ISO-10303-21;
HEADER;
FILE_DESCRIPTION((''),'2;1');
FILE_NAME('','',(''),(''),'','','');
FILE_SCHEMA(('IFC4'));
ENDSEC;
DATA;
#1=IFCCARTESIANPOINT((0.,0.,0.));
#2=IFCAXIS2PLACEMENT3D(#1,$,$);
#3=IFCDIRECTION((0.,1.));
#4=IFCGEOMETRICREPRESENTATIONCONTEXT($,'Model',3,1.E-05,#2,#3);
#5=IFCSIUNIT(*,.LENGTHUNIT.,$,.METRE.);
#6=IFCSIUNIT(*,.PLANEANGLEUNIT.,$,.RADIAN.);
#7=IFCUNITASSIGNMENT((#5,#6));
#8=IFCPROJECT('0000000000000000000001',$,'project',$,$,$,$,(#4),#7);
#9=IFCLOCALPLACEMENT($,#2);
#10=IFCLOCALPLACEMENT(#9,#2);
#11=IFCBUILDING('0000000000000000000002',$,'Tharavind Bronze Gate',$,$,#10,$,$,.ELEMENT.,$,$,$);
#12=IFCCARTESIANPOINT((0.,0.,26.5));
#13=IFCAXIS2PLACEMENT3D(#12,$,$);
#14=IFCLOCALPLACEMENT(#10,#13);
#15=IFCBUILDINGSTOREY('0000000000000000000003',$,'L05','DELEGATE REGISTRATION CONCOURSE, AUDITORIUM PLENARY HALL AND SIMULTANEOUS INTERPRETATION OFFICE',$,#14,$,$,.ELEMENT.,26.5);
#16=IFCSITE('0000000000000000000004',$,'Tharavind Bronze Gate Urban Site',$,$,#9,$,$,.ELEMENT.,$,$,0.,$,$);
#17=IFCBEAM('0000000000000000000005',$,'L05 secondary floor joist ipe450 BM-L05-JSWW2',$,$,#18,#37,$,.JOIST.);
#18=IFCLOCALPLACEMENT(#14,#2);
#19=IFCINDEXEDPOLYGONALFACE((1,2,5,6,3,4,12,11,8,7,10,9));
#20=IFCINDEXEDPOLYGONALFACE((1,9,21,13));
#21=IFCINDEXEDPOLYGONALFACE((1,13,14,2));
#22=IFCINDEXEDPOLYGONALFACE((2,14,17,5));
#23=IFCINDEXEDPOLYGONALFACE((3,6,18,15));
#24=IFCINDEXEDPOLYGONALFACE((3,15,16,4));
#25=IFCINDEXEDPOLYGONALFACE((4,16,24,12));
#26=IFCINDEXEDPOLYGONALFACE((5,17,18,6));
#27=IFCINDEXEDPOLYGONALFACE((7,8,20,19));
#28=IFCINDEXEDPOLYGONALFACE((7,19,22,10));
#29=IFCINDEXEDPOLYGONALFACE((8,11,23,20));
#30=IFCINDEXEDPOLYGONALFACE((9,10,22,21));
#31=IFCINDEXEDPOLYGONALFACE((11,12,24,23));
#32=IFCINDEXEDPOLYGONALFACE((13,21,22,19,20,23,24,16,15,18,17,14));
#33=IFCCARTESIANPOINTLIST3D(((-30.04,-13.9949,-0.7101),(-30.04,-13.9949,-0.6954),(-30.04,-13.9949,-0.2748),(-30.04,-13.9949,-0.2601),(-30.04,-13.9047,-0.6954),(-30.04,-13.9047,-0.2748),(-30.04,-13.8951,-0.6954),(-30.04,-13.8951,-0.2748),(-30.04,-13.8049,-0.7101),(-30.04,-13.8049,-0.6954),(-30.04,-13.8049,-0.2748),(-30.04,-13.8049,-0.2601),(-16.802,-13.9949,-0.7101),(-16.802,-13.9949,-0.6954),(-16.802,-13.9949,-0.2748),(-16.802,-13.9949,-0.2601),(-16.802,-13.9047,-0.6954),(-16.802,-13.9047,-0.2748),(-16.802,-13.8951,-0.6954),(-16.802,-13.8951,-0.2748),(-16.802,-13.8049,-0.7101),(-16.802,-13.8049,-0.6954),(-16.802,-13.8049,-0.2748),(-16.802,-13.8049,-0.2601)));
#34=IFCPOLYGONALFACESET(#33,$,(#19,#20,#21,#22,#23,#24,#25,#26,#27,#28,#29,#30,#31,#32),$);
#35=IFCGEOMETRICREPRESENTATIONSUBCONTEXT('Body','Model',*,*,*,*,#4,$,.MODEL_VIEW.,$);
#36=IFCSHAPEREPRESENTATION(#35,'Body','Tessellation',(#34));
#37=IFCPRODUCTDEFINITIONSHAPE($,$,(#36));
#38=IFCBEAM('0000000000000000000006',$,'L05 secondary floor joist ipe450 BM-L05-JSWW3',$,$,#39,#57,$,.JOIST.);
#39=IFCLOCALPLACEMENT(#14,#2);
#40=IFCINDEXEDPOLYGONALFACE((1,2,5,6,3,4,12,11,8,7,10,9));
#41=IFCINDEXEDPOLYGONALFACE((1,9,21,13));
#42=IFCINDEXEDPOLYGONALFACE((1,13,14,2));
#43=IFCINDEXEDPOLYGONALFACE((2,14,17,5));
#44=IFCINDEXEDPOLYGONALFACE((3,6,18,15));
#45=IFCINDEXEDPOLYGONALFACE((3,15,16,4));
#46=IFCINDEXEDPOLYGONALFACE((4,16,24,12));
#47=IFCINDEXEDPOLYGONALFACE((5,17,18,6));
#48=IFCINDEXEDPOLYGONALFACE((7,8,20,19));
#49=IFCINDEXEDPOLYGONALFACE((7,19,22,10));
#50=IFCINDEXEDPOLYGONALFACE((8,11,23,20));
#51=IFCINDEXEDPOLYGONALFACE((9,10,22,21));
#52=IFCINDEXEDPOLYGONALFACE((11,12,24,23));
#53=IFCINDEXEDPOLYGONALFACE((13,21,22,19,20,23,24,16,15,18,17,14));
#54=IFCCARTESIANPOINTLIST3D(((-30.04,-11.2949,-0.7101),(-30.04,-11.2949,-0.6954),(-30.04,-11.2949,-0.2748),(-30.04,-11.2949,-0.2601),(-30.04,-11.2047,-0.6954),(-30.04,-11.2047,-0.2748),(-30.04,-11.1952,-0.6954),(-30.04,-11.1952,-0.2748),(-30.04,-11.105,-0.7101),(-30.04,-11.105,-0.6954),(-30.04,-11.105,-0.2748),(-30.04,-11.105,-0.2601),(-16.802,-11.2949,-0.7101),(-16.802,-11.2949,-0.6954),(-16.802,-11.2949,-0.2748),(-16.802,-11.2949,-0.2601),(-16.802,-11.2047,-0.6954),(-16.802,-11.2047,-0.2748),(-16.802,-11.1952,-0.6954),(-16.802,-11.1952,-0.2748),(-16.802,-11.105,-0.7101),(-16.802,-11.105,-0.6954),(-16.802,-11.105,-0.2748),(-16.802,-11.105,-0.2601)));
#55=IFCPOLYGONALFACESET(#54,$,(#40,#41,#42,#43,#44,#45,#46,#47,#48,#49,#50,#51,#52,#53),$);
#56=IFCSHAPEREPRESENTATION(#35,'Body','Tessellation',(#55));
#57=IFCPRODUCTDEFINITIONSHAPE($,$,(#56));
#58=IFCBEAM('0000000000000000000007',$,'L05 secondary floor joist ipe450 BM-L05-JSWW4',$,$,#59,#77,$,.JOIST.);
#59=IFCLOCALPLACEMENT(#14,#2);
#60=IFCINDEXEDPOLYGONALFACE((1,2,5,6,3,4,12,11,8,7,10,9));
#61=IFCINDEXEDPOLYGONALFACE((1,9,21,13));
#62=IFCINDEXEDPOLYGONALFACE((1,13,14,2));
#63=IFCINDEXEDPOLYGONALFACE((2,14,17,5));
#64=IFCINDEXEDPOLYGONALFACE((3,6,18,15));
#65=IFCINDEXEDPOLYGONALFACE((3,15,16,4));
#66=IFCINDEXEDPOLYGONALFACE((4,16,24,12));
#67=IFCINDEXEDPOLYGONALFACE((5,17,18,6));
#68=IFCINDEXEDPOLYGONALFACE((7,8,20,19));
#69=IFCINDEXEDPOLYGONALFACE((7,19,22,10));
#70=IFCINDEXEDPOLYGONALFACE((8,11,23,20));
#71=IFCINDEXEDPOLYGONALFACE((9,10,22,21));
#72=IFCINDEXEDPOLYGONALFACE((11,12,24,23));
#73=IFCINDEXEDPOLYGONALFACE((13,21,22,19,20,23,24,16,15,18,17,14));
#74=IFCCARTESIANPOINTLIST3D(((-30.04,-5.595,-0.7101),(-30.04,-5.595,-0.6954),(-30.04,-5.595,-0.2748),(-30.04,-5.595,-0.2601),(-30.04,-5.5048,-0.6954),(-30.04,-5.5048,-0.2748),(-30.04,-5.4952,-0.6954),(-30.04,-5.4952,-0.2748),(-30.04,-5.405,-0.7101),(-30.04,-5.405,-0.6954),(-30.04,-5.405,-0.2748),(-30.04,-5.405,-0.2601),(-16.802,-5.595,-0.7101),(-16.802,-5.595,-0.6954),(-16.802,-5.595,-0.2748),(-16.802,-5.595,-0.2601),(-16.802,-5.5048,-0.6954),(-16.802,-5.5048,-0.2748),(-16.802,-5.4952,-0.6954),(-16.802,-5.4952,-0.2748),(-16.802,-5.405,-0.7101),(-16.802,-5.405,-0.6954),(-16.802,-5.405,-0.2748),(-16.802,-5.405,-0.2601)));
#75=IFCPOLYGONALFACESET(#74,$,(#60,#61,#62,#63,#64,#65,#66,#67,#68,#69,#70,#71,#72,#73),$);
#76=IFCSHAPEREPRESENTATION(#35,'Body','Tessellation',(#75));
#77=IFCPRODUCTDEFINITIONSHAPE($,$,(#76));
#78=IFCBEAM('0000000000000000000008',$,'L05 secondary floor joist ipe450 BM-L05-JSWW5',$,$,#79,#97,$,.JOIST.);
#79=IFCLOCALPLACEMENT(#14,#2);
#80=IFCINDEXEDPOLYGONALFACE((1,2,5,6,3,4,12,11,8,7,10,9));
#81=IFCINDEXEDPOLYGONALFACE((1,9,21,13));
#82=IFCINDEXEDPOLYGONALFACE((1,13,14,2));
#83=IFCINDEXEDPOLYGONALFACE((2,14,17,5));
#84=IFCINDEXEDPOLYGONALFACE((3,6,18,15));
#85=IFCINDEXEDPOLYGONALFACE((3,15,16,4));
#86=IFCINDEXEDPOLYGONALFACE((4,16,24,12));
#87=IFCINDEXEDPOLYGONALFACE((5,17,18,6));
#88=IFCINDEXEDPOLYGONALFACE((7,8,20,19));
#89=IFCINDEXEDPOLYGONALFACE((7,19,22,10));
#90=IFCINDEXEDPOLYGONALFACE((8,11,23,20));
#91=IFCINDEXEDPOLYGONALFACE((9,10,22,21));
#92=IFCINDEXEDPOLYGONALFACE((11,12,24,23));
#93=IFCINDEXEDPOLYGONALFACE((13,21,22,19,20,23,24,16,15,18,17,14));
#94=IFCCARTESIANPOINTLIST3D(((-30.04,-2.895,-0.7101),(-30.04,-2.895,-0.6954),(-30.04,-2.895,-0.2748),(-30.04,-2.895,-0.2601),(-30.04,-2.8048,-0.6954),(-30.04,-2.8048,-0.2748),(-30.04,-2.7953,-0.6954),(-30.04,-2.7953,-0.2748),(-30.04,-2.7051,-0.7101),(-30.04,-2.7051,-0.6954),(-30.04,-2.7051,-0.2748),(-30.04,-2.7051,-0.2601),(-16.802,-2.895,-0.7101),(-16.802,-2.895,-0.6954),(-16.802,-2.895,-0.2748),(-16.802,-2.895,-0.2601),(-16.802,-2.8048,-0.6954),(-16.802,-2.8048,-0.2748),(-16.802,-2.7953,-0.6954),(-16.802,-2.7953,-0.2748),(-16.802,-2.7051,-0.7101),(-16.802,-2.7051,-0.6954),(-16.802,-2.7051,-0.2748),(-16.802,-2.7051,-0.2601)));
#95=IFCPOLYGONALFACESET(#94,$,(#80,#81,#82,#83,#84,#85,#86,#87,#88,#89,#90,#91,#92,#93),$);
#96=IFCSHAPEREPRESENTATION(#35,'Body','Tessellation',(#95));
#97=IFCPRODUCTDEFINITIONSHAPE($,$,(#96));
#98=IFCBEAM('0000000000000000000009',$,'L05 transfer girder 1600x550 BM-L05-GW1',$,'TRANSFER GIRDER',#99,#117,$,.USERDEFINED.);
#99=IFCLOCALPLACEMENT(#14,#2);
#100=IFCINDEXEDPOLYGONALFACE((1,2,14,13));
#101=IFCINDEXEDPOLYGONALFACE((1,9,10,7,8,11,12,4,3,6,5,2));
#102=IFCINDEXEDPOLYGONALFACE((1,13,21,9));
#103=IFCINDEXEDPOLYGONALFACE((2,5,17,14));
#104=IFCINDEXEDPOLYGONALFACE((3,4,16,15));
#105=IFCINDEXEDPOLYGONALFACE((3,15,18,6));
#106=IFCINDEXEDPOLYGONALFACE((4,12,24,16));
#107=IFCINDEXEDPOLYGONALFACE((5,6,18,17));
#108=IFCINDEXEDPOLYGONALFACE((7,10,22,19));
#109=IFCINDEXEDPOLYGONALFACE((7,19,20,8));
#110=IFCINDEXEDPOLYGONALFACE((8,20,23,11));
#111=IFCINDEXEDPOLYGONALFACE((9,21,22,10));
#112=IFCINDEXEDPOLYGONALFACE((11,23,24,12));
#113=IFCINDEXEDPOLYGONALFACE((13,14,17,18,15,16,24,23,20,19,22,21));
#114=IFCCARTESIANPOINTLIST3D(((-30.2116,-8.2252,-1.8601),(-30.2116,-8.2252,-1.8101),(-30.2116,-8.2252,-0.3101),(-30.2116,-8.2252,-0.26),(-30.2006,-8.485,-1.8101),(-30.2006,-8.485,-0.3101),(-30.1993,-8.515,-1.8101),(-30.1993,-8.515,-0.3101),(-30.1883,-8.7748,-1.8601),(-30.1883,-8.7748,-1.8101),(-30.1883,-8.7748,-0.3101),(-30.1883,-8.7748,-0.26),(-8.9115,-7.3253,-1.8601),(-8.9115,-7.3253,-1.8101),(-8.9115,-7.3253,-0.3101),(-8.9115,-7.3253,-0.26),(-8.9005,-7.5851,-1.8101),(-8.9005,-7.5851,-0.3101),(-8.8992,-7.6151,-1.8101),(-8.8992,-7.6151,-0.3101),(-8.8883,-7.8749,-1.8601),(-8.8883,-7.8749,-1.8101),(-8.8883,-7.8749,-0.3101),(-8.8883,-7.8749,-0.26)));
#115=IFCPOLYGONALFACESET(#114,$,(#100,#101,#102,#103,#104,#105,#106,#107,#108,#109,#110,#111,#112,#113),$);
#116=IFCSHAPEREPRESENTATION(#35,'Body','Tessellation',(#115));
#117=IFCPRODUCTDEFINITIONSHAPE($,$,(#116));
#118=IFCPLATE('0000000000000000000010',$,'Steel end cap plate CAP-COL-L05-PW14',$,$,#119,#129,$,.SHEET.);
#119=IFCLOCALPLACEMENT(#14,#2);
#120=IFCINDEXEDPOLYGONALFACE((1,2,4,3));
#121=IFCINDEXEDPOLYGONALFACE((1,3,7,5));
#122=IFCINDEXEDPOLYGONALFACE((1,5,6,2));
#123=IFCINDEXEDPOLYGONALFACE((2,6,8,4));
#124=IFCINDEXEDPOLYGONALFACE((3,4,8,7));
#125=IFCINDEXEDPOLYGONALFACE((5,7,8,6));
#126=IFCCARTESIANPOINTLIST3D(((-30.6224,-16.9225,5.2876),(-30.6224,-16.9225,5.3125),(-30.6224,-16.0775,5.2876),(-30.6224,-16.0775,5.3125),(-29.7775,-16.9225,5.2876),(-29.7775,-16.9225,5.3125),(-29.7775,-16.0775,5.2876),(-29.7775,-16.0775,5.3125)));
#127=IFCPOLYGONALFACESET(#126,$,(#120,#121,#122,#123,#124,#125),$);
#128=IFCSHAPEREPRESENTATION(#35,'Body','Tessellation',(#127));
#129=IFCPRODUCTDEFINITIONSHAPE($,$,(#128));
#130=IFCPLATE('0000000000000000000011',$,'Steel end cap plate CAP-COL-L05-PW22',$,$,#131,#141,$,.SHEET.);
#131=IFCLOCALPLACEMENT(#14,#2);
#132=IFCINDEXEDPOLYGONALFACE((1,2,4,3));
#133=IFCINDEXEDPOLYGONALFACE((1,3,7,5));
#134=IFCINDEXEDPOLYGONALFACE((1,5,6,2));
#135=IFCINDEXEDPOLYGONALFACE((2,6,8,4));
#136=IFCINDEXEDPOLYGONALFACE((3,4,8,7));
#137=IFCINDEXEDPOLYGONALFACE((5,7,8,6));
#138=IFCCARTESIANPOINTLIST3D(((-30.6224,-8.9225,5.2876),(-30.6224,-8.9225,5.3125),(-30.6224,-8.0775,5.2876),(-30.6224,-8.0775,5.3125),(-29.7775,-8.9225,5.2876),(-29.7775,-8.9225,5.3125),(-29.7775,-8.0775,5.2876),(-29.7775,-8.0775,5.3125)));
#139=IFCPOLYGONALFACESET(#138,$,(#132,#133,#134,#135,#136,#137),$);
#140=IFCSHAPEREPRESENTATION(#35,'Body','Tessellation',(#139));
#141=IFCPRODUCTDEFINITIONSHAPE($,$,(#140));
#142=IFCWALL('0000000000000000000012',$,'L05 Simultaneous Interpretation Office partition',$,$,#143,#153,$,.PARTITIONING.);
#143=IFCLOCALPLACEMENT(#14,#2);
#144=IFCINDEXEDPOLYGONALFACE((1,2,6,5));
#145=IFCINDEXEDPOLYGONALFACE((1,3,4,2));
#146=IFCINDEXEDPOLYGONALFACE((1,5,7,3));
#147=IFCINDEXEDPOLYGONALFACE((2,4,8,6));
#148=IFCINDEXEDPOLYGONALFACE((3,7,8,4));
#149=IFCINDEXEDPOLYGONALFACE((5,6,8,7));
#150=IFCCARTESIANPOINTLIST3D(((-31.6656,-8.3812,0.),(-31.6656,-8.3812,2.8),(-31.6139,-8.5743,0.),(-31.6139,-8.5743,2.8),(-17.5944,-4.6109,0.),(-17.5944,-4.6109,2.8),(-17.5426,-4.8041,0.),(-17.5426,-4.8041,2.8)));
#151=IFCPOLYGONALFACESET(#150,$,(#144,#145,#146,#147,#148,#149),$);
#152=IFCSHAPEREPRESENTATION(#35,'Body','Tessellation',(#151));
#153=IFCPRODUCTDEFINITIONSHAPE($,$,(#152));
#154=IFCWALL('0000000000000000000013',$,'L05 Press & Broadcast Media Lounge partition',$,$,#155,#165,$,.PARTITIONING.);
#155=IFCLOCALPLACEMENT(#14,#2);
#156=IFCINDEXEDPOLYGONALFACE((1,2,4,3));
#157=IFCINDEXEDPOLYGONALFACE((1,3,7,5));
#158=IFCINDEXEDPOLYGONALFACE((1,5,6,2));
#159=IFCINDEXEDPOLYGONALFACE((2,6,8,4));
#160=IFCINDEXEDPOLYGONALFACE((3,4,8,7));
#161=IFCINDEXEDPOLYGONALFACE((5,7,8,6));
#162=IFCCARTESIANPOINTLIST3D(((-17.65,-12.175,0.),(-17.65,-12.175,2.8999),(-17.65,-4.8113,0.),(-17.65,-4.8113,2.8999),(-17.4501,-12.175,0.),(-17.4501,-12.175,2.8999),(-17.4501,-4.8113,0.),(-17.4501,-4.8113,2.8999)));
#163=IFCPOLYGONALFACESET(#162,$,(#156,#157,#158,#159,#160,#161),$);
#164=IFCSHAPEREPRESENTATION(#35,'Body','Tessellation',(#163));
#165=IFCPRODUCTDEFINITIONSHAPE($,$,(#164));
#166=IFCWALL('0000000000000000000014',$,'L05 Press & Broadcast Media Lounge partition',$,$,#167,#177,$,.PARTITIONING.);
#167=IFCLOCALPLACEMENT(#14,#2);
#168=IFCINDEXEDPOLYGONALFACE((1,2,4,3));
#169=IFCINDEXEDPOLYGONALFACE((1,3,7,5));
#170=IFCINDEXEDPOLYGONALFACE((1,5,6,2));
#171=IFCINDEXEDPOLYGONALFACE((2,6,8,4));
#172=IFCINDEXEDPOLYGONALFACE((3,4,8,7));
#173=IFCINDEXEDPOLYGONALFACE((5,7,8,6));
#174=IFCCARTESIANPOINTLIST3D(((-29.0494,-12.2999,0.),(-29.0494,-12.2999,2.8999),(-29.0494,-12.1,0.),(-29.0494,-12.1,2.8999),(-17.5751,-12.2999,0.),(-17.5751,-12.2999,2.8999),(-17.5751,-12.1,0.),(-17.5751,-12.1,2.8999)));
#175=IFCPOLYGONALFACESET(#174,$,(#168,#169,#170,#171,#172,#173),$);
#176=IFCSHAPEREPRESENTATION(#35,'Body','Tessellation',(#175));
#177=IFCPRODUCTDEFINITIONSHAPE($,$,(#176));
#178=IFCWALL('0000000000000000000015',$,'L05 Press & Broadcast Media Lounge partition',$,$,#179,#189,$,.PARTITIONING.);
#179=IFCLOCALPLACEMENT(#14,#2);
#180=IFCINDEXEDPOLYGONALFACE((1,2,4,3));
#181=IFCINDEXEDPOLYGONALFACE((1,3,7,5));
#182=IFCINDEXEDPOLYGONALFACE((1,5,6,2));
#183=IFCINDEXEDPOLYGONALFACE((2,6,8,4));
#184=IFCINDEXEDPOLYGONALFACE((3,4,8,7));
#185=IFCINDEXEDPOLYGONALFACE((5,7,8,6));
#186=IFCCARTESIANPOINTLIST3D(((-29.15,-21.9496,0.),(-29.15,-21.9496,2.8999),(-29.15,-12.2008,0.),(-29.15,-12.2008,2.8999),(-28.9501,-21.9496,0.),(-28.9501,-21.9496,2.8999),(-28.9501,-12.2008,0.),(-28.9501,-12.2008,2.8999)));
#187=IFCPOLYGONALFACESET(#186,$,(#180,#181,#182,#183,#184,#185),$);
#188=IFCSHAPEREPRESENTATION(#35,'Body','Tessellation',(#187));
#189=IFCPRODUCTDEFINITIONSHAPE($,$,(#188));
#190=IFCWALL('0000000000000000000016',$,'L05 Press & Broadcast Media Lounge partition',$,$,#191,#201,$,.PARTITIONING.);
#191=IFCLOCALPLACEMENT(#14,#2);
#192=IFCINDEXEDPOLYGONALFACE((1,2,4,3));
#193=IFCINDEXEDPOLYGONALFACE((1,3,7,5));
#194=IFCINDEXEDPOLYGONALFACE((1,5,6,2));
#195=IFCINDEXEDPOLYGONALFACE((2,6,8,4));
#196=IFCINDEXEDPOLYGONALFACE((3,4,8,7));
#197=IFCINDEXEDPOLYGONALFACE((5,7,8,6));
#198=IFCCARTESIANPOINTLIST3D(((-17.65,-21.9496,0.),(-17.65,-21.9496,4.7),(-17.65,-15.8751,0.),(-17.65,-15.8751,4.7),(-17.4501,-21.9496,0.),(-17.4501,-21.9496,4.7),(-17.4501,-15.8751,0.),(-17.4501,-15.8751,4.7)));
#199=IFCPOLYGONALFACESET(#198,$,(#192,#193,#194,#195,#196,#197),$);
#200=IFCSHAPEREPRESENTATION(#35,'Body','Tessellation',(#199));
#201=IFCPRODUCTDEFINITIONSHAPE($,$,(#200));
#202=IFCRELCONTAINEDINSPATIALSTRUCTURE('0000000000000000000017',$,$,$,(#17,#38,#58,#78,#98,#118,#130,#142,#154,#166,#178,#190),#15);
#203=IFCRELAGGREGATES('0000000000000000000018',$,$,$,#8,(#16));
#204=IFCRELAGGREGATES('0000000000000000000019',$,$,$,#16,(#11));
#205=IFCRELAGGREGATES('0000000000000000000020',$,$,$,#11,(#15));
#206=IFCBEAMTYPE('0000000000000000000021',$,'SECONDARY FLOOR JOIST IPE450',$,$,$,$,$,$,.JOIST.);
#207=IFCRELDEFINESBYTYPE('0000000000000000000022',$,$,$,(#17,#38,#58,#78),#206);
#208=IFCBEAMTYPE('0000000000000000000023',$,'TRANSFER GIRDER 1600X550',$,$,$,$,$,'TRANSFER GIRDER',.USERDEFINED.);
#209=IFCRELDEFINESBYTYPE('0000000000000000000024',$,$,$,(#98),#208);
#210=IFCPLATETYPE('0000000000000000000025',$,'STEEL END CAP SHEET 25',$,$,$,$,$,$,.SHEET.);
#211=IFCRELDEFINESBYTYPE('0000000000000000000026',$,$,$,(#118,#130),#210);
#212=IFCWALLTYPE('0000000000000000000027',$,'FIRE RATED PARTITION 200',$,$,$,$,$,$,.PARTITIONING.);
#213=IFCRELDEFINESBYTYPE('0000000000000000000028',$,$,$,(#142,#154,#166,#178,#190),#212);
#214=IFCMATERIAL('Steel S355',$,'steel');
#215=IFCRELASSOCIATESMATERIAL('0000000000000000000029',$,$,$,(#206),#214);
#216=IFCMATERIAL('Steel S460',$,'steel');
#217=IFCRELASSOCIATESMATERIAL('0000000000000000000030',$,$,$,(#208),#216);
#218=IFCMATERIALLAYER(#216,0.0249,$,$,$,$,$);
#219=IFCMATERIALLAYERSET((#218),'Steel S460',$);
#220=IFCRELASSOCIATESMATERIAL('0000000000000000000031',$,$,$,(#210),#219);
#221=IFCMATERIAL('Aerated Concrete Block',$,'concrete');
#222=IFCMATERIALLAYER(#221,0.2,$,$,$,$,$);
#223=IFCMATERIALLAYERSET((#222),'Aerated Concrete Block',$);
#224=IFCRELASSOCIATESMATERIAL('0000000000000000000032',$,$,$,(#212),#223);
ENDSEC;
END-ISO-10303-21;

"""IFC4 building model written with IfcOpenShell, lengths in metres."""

from ifc_helpers import new_model, si_unit, direction, frame, frame_2d, origin, origin_2d, place, context, subcontext, project, spatial, rectangle, i_section, extrude, material, layer, layer_set, material_profile, profile_set, type_object, element, save


model = new_model("IFC4")

# Units and contexts
model_context = context("Model", 3, precision=1e-05, world=origin(), true_north=direction((0.0, 1.0)))
body_context = subcontext(model_context, "Body", "Model", "MODEL_VIEW")
ifc_project = project(units=[si_unit("LENGTHUNIT", "METRE"), si_unit("PLANEANGLEUNIT", "RADIAN")], contexts=[model_context])

# Site, building, storey
site_placement = place(None, origin())
site = spatial("IfcSite", under=ifc_project, at=site_placement, Name="Tharavind Bronze Gate Urban Site", CompositionType="ELEMENT", RefElevation=0.0)
building_placement = place(site_placement, origin())
building = spatial("IfcBuilding", under=site, at=building_placement, Name="Tharavind Bronze Gate", CompositionType="ELEMENT")
storey_placement = place(building_placement, frame((0.0, 0.0, 26.5)))
storey = spatial("IfcBuildingStorey", under=building, at=storey_placement, Name="L05", Description="DELEGATE REGISTRATION CONCOURSE, AUDITORIUM PLENARY HALL AND SIMULTANEOUS INTERPRETATION OFFICE", CompositionType="ELEMENT", Elevation=26.5)

# Shared definitions
ifc_material_1 = material(Name="Steel S460", Category="steel")

# Beams
ifc_material_2 = material(Name="Steel S355", Category="steel")
ifc_material_profile_1 = material_profile(ifc_material_2, i_section(OverallWidth=0.1899, OverallDepth=0.45, WebThickness=0.0095, FlangeThickness=0.0146, at=origin_2d()), Name="IPE450")
ifc_profile_set_1 = profile_set([ifc_material_profile_1], Name="Steel S355")
beam_type_1 = type_object("IfcBeamType", Name="SECONDARY FLOOR JOIST IPE450", PredefinedType="JOIST", material=ifc_profile_set_1)
for number, where, z_axis, x_axis, name in (
    (1, (-30.04, -13.8999, -0.4851), (1.0, 0.0, 0.0), (0.0, 1.0, 0.0), "L05 secondary floor joist ipe450 BM-L05-JSWW2"),
    (2, (-30.04, -11.2, -0.4851), (1.0, 0.0, 0.0), (0.0, 1.0, 0.0), "L05 secondary floor joist ipe450 BM-L05-JSWW3"),
    (3, (-30.04, -5.5, -0.4851), (1.0, 0.0, 0.0), (0.0, 1.0, 0.0), "L05 secondary floor joist ipe450 BM-L05-JSWW4"),
    (4, (-30.04, -2.8, -0.4851), (1.0, 0.0, 0.0), (0.0, 1.0, 0.0), "L05 secondary floor joist ipe450 BM-L05-JSWW5"),
):
    element("IfcBeam", number, at=place(storey_placement, frame(where, z_axis=z_axis, x_axis=x_axis)), inside=storey, type_object=beam_type_1, Name=name, PredefinedType="JOIST", context=body_context, shape_type="SweptSolid", body=[
        extrude(i_section(OverallWidth=0.1899, OverallDepth=0.45, WebThickness=0.0095, FlangeThickness=0.0146, at=origin_2d()), origin(), (0.0, 0.0, 1.0), 13.238),
    ])
ifc_material_profile_2 = material_profile(ifc_material_1, i_section(OverallWidth=0.55, OverallDepth=1.6001, WebThickness=0.03, FlangeThickness=0.05, at=origin_2d()), Name="PG1600X550")
ifc_profile_set_2 = profile_set([ifc_material_profile_2], Name="Steel S460")
beam_type_2 = type_object("IfcBeamType", Name="TRANSFER GIRDER 1600X550", ElementType="TRANSFER GIRDER", PredefinedType="USERDEFINED", material=ifc_profile_set_2)
beam_1_placement = place(storey_placement, frame((-30.2, -8.5, -1.0601), z_axis=(0.999109, 0.042211, 0.0), x_axis=(-0.042211, 0.999109, 0.0)))
element("IfcBeam", 5, at=beam_1_placement, inside=storey, type_object=beam_type_2, Name="L05 transfer girder 1600x550 BM-L05-GW1", ObjectType="TRANSFER GIRDER", PredefinedType="USERDEFINED", context=body_context, shape_type="SweptSolid", body=[
    extrude(i_section(OverallWidth=0.55, OverallDepth=1.6001, WebThickness=0.03, FlangeThickness=0.05, at=origin_2d()), origin(), (0.0, 0.0, 1.0), 21.3191),
])

# Plates
ifc_layer_1 = layer(ifc_material_1, 0.0249)
ifc_layer_set_1 = layer_set([ifc_layer_1], Name="Steel S460")
plate_type = type_object("IfcPlateType", Name="STEEL END CAP SHEET 25", PredefinedType="SHEET", material=ifc_layer_set_1)
for number, where, z_axis, x_axis, name in (
    (6, (-30.2, -16.5, 5.2876), (0.0, 0.0, 1.0), (1.0, 0.0, 0.0), "Steel end cap plate CAP-COL-L05-PW14"),
    (7, (-30.2, -8.5, 5.2876), (0.0, 0.0, 1.0), (1.0, 0.0, 0.0), "Steel end cap plate CAP-COL-L05-PW22"),
):
    element("IfcPlate", number, at=place(storey_placement, frame(where, z_axis=z_axis, x_axis=x_axis)), inside=storey, type_object=plate_type, Name=name, PredefinedType="SHEET", context=body_context, shape_type="SweptSolid", body=[
        extrude(rectangle(XDim=0.845, YDim=0.845, at=origin_2d()), origin(), (0.0, 0.0, 1.0), 0.0249),
    ])

# Walls
ifc_material_3 = material(Name="Aerated Concrete Block", Category="concrete")
ifc_layer_2 = layer(ifc_material_3, 0.2)
ifc_layer_set_2 = layer_set([ifc_layer_2], Name="Aerated Concrete Block")
wall_type_1 = type_object("IfcWallType", Name="FIRE RATED PARTITION 200", PredefinedType="PARTITIONING", material=ifc_layer_set_2)
wall_1_placement = place(storey_placement, frame((-17.5686, -4.7075, 0.0), z_axis=(0.0, 0.0, 1.0), x_axis=(-0.965928, -0.258811, 0.0)))
element("IfcWall", 8, at=wall_1_placement, inside=storey, type_object=wall_type_1, Name="L05 Simultaneous Interpretation Office partition", PredefinedType="PARTITIONING", context=body_context, shape_type="SweptSolid", body=[
    extrude(rectangle(XDim=14.5676, YDim=0.2, at=frame_2d((7.2837, 0.0))), origin(), (0.0, 0.0, 1.0), 2.8),
])
wall_2_placement = place(storey_placement, frame((-17.55, -4.8113, 0.0), z_axis=(0.0, 0.0, 1.0), x_axis=(0.0, -1.0, 0.0)))
element("IfcWall", 9, at=wall_2_placement, inside=storey, type_object=wall_type_1, Name="L05 Press & Broadcast Media Lounge partition", PredefinedType="PARTITIONING", context=body_context, shape_type="SweptSolid", body=[
    extrude(rectangle(XDim=7.3638, YDim=0.2, at=frame_2d((3.6819, 0.0))), origin(), (0.0, 0.0, 1.0), 2.8999),
])
wall_3_placement = place(storey_placement, frame((-17.575, -12.2, 0.0), z_axis=(0.0, 0.0, 1.0), x_axis=(-1.0, 0.0, 0.0)))
element("IfcWall", 10, at=wall_3_placement, inside=storey, type_object=wall_type_1, Name="L05 Press & Broadcast Media Lounge partition", PredefinedType="PARTITIONING", context=body_context, shape_type="SweptSolid", body=[
    extrude(rectangle(XDim=11.4744, YDim=0.2, at=frame_2d((5.7373, 0.0))), origin(), (0.0, 0.0, 1.0), 2.8999),
])
wall_4_placement = place(storey_placement, frame((-29.05, -12.2007, 0.0), z_axis=(0.0, 0.0, 1.0), x_axis=(0.0, -1.0, 0.0)))
element("IfcWall", 11, at=wall_4_placement, inside=storey, type_object=wall_type_1, Name="L05 Press & Broadcast Media Lounge partition", PredefinedType="PARTITIONING", context=body_context, shape_type="SweptSolid", body=[
    extrude(rectangle(XDim=9.7488, YDim=0.2, at=frame_2d((4.8745, 0.0))), origin(), (0.0, 0.0, 1.0), 2.8999),
])
wall_5_placement = place(storey_placement, frame((-17.55, -21.9495, 0.0), z_axis=(0.0, 0.0, 1.0), x_axis=(0.0, 1.0, 0.0)))
element("IfcWall", 12, at=wall_5_placement, inside=storey, type_object=wall_type_1, Name="L05 Press & Broadcast Media Lounge partition", PredefinedType="PARTITIONING", context=body_context, shape_type="SweptSolid", body=[
    extrude(rectangle(XDim=6.0745, YDim=0.2, at=frame_2d((3.0371, 0.0))), origin(), (0.0, 0.0, 1.0), 4.7),
])

save(model, "model.ifc")
